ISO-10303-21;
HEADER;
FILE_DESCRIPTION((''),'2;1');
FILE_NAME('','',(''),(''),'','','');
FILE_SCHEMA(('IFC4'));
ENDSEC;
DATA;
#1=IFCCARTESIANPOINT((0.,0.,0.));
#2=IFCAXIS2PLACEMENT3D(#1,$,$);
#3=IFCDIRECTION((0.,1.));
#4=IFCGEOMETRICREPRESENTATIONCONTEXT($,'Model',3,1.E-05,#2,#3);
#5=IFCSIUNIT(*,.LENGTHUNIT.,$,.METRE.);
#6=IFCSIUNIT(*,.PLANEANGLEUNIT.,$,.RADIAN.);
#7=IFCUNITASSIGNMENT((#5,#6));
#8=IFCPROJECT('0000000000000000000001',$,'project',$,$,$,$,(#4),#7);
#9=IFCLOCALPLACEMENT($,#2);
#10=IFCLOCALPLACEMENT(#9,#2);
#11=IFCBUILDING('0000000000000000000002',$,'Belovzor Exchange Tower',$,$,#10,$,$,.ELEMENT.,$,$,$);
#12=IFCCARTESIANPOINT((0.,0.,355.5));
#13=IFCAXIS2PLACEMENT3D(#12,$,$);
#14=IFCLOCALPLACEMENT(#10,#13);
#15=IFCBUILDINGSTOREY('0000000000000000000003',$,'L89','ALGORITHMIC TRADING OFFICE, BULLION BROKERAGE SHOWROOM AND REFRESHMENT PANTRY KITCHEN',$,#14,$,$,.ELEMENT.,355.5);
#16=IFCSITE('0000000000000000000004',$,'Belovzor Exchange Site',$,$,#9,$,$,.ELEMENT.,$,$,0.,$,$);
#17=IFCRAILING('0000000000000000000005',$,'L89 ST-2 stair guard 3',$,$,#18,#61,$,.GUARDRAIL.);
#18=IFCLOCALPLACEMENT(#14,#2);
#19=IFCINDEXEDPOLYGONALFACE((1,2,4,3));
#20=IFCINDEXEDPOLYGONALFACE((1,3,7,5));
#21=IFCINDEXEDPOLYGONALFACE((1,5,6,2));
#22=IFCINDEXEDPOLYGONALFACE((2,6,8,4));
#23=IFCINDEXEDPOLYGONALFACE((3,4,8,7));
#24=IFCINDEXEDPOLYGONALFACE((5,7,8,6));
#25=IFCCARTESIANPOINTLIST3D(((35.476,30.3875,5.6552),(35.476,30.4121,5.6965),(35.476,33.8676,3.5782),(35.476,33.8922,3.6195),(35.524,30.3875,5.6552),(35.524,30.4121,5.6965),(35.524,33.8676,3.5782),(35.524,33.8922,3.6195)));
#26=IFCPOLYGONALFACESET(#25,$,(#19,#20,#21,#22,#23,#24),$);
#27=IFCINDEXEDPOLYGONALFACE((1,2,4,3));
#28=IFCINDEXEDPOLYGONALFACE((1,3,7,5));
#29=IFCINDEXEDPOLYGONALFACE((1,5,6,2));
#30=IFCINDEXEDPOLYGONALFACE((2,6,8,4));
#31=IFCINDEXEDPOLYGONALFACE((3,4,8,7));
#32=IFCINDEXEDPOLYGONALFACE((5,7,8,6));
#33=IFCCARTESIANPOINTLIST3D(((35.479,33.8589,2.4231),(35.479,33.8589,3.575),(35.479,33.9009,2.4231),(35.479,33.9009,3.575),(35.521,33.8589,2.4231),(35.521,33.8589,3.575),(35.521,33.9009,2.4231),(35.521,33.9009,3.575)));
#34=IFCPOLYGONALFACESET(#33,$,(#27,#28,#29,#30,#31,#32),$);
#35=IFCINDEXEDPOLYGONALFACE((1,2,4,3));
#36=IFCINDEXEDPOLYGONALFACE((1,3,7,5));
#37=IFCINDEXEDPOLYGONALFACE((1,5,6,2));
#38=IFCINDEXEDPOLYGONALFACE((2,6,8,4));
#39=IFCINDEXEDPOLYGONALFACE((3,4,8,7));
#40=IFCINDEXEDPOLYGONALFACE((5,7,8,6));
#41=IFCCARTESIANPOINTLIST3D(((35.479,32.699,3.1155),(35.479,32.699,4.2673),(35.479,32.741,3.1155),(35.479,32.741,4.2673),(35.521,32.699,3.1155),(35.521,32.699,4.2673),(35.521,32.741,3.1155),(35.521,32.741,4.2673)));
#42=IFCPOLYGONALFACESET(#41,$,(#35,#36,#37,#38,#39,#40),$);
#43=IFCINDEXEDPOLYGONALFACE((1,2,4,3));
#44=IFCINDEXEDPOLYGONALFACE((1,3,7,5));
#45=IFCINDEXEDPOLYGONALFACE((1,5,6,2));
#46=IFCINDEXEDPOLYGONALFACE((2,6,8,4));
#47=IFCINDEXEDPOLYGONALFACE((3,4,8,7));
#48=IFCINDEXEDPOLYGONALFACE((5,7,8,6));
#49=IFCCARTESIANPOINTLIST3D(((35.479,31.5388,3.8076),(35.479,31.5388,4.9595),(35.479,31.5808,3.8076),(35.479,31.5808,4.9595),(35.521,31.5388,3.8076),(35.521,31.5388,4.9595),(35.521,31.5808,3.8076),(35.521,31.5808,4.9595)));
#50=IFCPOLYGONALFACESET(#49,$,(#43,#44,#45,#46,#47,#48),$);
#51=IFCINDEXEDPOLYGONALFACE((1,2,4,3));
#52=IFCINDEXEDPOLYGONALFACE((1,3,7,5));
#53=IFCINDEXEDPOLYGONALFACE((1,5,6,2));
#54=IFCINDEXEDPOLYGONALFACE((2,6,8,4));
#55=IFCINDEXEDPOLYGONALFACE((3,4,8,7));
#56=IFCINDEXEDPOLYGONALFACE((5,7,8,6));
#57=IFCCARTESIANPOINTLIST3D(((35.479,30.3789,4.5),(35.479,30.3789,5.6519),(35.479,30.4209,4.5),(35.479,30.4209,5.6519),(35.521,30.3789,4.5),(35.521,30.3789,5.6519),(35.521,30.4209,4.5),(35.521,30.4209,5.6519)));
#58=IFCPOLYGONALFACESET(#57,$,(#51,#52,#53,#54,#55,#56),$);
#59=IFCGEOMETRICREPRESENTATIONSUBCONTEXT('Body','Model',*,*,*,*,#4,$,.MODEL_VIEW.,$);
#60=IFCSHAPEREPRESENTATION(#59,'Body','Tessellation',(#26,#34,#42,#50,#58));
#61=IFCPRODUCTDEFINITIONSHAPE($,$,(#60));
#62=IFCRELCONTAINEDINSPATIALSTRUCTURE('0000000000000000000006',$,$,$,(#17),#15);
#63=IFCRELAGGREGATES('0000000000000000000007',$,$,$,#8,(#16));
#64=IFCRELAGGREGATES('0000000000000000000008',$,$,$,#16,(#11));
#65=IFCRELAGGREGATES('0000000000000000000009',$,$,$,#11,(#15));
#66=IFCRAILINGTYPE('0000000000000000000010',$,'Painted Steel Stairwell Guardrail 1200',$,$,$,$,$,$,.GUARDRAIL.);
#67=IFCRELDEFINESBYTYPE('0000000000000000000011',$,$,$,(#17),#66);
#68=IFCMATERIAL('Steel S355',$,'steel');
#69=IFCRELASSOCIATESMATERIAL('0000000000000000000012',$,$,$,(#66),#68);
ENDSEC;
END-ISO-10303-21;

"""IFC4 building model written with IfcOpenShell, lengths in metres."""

from ifc_helpers import new_model, si_unit, direction, frame, origin, origin_2d, place, context, subcontext, project, spatial, rectangle, extrude, material, type_object, element, save


model = new_model("IFC4")

# Units and contexts
model_context = context("Model", 3, precision=1e-05, world=origin(), true_north=direction((0.0, 1.0)))
body_context = subcontext(model_context, "Body", "Model", "MODEL_VIEW")
ifc_project = project(units=[si_unit("LENGTHUNIT", "METRE"), si_unit("PLANEANGLEUNIT", "RADIAN")], contexts=[model_context])

# Site, building, storey
site_placement = place(None, origin())
site = spatial("IfcSite", under=ifc_project, at=site_placement, Name="Belovzor Exchange Site", CompositionType="ELEMENT", RefElevation=0.0)
building_placement = place(site_placement, origin())
building = spatial("IfcBuilding", under=site, at=building_placement, Name="Belovzor Exchange Tower", CompositionType="ELEMENT")
storey_placement = place(building_placement, frame((0.0, 0.0, 355.5)))
storey = spatial("IfcBuildingStorey", under=building, at=storey_placement, Name="L89", Description="ALGORITHMIC TRADING OFFICE, BULLION BROKERAGE SHOWROOM AND REFRESHMENT PANTRY KITCHEN", CompositionType="ELEMENT", Elevation=355.5)

# Railing
ifc_material_1 = material(Name="Steel S355", Category="steel")
railing_type_1 = type_object("IfcRailingType", Name="Painted Steel Stairwell Guardrail 1200", PredefinedType="GUARDRAIL", material=ifc_material_1)
railing_1_placement = place(storey_placement, frame((35.5, 33.8799, 2.4231)))
element("IfcRailing", 1, at=railing_1_placement, inside=storey, type_object=railing_type_1, Name="L89 ST-2 stair guard 3", PredefinedType="GUARDRAIL", context=body_context, shape_type="SweptSolid", body=[
    extrude(rectangle(XDim=0.0481, YDim=0.0481, at=origin_2d()), frame((0.0, 0.0, 1.1758), z_axis=(0.0, -0.858697, 0.512483), x_axis=(1.0, 0.0, 0.0)), (0.0, 0.0, 1.0), 4.0527),
    extrude(rectangle(XDim=0.042, YDim=0.042, at=origin_2d()), origin(), (0.0, 0.0, 1.0), 1.1519),
    extrude(rectangle(XDim=0.042, YDim=0.042, at=origin_2d()), frame((0.0, -1.1599, 0.6924)), (0.0, 0.0, 1.0), 1.1519),
    extrude(rectangle(XDim=0.042, YDim=0.042, at=origin_2d()), frame((0.0, -2.3201, 1.3845)), (0.0, 0.0, 1.0), 1.1519),
    extrude(rectangle(XDim=0.042, YDim=0.042, at=origin_2d()), frame((0.0, -3.48, 2.0769)), (0.0, 0.0, 1.0), 1.1519),
])

save(model, "model.ifc")
